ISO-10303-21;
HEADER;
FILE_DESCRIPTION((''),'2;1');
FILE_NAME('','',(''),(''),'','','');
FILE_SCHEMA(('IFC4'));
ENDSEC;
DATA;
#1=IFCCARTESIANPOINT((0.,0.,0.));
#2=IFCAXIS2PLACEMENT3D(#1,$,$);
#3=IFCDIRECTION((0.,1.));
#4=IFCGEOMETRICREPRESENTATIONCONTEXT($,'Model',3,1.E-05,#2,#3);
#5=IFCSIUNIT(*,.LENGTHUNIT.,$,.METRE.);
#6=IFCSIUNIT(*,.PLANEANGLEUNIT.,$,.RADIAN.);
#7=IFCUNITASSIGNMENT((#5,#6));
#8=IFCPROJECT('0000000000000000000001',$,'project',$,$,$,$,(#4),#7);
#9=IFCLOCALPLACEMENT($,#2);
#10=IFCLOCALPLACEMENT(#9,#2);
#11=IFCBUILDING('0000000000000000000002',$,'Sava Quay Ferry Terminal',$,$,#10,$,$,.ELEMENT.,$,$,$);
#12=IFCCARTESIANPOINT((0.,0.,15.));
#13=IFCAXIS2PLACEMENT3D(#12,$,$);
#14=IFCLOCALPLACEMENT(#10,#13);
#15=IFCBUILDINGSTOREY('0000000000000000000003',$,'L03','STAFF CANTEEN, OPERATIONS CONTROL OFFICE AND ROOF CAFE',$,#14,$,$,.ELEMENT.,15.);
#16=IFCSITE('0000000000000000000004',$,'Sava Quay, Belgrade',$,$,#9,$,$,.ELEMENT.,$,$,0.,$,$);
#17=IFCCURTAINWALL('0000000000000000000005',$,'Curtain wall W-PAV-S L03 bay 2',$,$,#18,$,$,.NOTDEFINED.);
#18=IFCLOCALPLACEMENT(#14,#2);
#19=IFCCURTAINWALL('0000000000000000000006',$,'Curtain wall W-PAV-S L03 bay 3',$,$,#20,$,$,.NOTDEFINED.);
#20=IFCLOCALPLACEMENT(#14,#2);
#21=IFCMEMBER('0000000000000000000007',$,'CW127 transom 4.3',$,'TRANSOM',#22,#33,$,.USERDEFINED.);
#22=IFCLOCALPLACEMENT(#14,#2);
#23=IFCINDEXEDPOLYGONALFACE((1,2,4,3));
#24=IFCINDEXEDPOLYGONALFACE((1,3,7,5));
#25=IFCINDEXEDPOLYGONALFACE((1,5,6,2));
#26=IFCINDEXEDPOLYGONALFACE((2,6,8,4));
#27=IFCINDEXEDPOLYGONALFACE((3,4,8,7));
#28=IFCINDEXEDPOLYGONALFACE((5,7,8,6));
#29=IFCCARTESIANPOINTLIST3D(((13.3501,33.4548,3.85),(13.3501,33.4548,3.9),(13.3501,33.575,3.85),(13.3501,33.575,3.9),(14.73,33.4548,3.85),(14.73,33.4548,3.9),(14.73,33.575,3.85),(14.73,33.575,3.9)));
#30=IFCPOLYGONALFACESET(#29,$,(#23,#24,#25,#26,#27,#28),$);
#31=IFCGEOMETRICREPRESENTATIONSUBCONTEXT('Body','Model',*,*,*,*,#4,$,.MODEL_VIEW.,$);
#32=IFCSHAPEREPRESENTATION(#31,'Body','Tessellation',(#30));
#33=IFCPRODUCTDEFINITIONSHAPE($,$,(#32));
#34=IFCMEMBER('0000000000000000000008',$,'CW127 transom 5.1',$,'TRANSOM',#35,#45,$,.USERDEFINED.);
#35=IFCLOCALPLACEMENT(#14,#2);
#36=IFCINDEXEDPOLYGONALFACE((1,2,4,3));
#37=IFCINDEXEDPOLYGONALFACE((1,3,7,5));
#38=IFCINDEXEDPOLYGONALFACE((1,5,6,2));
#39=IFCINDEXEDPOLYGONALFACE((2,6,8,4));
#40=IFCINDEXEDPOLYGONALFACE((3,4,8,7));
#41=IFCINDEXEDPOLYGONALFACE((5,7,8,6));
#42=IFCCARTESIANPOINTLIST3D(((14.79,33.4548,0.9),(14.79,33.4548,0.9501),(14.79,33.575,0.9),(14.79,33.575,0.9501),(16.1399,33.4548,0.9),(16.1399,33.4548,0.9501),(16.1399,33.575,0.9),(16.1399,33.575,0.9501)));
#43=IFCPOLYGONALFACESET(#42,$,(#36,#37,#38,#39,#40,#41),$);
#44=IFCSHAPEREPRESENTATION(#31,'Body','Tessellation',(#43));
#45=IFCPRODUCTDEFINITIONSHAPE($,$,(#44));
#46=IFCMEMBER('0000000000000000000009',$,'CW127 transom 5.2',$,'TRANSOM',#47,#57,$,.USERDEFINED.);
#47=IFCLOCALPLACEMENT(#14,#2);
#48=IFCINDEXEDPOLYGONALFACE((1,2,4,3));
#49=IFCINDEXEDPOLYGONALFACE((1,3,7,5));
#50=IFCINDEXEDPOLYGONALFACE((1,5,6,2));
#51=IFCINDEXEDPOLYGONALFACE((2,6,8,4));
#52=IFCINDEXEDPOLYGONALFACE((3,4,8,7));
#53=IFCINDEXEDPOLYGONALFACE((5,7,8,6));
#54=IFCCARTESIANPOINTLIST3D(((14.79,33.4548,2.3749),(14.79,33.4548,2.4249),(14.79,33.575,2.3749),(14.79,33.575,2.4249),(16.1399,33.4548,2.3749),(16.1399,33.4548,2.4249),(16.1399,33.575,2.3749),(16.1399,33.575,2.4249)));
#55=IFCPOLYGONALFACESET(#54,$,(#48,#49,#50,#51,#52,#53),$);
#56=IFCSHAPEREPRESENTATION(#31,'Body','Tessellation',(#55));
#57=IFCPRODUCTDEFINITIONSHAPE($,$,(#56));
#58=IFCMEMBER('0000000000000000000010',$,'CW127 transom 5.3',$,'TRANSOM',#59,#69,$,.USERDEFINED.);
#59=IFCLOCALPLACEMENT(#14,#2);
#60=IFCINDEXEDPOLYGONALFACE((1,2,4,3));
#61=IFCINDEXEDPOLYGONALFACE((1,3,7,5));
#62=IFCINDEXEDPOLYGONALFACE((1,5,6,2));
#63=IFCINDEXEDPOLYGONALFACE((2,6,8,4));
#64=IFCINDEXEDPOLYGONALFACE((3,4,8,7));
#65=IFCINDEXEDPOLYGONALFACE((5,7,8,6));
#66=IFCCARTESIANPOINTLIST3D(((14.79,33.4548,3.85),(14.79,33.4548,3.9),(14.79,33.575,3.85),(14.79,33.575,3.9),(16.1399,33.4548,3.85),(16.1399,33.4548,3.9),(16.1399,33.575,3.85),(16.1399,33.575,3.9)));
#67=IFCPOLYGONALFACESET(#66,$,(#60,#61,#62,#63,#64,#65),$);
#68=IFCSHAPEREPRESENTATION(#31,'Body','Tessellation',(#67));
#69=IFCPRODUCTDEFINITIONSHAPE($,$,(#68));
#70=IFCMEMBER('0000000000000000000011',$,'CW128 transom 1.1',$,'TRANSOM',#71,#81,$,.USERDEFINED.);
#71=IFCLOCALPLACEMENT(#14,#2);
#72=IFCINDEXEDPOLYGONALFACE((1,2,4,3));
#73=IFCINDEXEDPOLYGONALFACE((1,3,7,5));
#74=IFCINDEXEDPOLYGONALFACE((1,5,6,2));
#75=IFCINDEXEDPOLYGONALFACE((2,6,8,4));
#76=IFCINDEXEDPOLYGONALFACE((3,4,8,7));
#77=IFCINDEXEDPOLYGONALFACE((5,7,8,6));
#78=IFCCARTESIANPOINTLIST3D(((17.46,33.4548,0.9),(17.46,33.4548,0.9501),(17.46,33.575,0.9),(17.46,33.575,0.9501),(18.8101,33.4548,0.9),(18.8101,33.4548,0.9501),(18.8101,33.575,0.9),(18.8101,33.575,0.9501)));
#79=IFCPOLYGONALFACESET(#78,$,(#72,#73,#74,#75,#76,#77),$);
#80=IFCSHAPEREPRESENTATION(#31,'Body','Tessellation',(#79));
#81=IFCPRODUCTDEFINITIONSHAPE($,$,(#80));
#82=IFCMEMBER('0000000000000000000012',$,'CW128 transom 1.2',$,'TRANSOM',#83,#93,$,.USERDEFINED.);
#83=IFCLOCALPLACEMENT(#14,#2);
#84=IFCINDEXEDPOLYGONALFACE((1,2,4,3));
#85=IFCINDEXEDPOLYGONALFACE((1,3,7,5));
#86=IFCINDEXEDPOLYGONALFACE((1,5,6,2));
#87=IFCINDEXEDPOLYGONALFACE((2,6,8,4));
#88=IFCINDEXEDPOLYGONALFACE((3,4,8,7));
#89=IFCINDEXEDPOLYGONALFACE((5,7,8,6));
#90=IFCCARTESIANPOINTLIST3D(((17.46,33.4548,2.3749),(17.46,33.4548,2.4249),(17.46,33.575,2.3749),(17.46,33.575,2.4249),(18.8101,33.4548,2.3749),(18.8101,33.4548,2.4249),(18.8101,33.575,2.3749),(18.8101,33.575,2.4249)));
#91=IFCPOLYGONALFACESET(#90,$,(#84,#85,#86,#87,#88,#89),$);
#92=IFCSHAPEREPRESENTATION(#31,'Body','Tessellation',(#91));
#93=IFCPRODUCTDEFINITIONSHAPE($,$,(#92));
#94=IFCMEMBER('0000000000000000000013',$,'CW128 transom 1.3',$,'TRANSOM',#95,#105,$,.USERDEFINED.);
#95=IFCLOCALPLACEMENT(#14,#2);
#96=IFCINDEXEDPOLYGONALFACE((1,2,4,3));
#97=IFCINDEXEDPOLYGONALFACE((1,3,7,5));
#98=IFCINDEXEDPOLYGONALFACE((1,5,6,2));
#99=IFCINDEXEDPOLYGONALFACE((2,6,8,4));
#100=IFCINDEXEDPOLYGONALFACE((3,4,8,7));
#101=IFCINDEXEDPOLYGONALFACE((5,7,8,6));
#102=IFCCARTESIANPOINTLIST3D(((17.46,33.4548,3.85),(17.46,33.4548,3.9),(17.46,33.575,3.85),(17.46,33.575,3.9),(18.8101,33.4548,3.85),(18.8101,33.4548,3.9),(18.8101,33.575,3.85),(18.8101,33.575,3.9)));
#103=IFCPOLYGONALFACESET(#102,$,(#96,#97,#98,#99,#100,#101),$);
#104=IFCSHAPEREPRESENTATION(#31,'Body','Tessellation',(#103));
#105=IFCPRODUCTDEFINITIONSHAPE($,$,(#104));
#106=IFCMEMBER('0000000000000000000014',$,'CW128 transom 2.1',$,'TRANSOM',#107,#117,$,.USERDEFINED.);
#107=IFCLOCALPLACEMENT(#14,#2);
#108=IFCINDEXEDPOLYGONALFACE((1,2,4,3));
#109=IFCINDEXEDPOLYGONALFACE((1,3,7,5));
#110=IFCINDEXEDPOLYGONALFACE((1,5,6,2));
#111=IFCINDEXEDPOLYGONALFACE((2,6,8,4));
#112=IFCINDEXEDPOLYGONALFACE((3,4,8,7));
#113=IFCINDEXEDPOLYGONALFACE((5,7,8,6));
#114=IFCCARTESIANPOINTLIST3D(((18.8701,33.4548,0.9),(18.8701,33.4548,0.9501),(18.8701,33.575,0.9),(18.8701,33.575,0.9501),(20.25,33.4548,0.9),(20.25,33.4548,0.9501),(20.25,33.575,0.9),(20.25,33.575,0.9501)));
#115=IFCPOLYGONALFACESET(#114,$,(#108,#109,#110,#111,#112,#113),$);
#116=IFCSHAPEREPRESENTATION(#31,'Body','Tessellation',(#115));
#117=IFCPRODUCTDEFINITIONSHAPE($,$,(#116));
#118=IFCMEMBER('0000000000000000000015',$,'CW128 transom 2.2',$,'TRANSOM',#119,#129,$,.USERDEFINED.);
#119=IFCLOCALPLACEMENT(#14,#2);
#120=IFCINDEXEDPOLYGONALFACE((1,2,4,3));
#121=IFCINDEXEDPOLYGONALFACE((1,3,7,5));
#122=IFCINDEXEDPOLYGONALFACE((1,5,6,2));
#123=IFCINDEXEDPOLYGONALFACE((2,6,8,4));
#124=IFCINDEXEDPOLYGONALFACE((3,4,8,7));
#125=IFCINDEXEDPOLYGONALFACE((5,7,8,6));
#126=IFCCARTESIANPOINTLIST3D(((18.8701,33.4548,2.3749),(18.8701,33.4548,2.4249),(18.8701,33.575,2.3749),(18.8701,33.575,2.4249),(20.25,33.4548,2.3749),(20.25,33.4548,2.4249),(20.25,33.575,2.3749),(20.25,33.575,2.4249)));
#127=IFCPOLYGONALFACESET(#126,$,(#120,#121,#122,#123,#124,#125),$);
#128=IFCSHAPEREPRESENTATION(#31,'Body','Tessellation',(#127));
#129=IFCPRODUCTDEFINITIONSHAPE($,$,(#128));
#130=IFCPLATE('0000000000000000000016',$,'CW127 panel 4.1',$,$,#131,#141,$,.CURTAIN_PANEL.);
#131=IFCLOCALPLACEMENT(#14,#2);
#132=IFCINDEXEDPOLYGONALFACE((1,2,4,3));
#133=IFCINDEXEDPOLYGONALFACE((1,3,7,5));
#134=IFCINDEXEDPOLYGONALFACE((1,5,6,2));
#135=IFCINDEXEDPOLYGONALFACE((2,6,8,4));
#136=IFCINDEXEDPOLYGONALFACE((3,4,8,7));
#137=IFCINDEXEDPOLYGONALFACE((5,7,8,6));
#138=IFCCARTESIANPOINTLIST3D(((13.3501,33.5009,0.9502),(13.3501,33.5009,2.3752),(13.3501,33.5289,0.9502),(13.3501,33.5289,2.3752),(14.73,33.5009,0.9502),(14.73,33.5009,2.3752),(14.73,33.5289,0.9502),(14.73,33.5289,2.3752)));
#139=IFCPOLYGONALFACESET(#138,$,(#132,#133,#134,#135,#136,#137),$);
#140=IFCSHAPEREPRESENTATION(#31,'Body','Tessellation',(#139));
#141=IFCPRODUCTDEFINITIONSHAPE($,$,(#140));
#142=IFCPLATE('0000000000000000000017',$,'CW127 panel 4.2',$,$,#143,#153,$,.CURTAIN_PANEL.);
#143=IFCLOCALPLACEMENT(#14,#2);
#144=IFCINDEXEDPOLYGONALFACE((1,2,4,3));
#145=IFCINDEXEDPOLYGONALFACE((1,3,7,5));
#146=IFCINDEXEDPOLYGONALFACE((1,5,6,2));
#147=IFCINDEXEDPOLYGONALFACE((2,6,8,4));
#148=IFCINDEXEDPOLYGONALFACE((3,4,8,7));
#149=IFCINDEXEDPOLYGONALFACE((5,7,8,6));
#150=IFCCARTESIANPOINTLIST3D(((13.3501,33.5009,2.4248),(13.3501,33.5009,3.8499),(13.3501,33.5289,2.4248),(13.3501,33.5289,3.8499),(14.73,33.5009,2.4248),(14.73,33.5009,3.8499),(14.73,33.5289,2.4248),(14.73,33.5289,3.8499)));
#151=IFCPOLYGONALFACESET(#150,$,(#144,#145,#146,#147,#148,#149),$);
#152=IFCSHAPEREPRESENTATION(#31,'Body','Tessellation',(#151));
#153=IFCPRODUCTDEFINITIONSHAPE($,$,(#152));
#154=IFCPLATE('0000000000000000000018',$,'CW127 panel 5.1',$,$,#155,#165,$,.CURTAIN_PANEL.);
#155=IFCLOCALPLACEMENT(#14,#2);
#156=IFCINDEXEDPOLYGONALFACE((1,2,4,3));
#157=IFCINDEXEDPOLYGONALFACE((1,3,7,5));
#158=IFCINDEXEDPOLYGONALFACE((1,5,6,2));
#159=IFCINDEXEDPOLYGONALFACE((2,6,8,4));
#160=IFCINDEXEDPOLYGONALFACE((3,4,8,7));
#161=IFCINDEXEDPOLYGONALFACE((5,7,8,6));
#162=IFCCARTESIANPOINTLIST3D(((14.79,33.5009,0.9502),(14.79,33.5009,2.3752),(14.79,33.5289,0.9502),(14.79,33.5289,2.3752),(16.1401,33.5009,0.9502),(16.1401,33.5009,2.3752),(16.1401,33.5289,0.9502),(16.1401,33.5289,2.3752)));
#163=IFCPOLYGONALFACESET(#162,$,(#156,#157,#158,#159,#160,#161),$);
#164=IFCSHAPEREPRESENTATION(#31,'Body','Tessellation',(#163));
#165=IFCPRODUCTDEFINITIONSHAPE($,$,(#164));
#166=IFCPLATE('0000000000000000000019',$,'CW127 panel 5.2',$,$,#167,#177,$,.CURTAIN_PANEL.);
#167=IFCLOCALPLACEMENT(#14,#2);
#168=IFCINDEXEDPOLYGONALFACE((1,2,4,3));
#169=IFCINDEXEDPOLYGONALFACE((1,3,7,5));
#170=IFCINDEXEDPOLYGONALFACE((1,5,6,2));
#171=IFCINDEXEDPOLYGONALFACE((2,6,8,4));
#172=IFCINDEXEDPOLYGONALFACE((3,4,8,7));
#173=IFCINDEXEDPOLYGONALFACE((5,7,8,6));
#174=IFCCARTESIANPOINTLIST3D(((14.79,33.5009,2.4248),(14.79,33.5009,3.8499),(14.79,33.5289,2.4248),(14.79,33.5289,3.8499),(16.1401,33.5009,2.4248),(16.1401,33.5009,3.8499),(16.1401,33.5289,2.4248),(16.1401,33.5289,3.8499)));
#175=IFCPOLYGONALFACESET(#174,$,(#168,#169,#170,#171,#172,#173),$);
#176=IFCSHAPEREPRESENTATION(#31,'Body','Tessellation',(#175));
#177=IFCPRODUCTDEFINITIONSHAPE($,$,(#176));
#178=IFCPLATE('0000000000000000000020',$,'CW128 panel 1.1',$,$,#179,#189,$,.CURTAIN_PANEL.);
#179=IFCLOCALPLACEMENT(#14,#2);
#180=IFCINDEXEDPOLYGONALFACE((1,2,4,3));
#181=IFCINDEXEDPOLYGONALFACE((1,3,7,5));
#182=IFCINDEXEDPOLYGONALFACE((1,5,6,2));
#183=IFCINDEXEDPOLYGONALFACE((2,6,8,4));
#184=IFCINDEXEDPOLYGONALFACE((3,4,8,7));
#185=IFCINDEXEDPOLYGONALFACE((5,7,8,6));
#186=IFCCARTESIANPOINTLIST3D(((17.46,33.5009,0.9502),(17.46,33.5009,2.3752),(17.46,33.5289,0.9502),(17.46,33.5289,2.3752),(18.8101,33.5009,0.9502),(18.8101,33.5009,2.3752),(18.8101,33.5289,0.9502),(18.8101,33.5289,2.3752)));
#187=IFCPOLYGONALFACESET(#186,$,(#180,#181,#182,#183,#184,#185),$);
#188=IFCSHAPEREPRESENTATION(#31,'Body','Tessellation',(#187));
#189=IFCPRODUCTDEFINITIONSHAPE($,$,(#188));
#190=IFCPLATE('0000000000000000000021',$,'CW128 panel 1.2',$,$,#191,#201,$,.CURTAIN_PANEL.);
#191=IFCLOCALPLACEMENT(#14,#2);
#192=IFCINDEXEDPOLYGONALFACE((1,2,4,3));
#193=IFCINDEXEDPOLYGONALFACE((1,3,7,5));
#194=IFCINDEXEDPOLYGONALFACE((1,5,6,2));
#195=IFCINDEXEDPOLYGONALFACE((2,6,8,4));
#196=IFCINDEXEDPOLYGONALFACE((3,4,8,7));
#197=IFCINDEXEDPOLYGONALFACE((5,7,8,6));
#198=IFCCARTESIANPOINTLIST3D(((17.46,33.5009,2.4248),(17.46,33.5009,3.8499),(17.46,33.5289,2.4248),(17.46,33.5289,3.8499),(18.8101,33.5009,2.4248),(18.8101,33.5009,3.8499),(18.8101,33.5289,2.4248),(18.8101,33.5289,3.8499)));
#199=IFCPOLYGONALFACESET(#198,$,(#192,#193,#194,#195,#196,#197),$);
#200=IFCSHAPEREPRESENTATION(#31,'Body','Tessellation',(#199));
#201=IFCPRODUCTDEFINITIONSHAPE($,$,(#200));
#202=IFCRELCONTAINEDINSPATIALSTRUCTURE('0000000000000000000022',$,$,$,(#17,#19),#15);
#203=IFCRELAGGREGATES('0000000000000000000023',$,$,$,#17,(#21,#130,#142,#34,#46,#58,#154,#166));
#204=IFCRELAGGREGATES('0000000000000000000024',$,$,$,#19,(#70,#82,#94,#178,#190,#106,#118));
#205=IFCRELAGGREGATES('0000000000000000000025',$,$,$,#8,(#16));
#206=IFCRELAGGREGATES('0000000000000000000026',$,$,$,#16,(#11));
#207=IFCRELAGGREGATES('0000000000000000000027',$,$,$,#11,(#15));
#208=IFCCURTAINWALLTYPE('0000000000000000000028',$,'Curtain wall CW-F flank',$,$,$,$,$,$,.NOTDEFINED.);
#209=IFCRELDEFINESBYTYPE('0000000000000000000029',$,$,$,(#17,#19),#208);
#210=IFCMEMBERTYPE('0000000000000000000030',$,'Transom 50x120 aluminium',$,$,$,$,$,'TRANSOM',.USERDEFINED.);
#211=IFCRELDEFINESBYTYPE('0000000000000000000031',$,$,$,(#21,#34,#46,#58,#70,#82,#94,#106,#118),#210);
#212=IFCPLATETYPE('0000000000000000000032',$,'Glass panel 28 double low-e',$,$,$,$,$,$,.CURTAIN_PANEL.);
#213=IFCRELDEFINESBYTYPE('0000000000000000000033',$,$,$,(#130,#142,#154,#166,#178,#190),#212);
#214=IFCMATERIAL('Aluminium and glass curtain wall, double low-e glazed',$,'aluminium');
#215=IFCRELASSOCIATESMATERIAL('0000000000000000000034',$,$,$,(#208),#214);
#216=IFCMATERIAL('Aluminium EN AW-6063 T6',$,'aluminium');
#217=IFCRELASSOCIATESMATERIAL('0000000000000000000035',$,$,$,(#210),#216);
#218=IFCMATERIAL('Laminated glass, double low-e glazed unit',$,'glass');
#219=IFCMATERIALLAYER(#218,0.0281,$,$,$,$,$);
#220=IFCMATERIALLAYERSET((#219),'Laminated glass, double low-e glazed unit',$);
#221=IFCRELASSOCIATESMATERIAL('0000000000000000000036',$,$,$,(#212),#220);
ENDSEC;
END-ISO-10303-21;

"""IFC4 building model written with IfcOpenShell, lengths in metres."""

from ifc_helpers import new_model, si_unit, direction, frame, origin, origin_2d, place, context, subcontext, project, spatial, rectangle, extrude, material, layer, layer_set, material_profile, profile_set, type_object, element, aggregate, save


model = new_model("IFC4")

# Units and contexts
model_context = context("Model", 3, precision=1e-05, world=origin(), true_north=direction((0.0, 1.0)))
body_context = subcontext(model_context, "Body", "Model", "MODEL_VIEW")
ifc_project = project(units=[si_unit("LENGTHUNIT", "METRE"), si_unit("PLANEANGLEUNIT", "RADIAN")], contexts=[model_context])

# Site, building, storey
site_placement = place(None, origin())
site = spatial("IfcSite", under=ifc_project, at=site_placement, Name="Sava Quay, Belgrade", CompositionType="ELEMENT", RefElevation=0.0)
building_placement = place(site_placement, origin())
building = spatial("IfcBuilding", under=site, at=building_placement, Name="Sava Quay Ferry Terminal", CompositionType="ELEMENT")
storey_placement = place(building_placement, frame((0.0, 0.0, 15.0)))
storey = spatial("IfcBuildingStorey", under=building, at=storey_placement, Name="L03", Description="STAFF CANTEEN, OPERATIONS CONTROL OFFICE AND ROOF CAFE", CompositionType="ELEMENT", Elevation=15.0)

# Curtain walls
ifc_material_1 = material(Name="Aluminium and glass curtain wall, double low-e glazed", Category="aluminium")
curtain_wall_type = type_object("IfcCurtainWallType", Name="Curtain wall CW-F flank", PredefinedType="NOTDEFINED", material=ifc_material_1)
curtain_wall_1_placement = place(storey_placement, origin())
curtain_wall_1 = element("IfcCurtainWall", 1, at=curtain_wall_1_placement, inside=storey, type_object=curtain_wall_type, Name="Curtain wall W-PAV-S L03 bay 2", PredefinedType="NOTDEFINED")
curtain_wall_2_placement = place(storey_placement, origin())
curtain_wall_2 = element("IfcCurtainWall", 2, at=curtain_wall_2_placement, inside=storey, type_object=curtain_wall_type, Name="Curtain wall W-PAV-S L03 bay 3", PredefinedType="NOTDEFINED")

# Members
ifc_material_2 = material(Name="Aluminium EN AW-6063 T6", Category="aluminium")
ifc_material_profile_1 = material_profile(ifc_material_2, rectangle(XDim=0.1201, YDim=0.05, at=origin_2d()), Name="Transom 50x120 aluminium")
ifc_profile_set_1 = profile_set([ifc_material_profile_1], Name="Aluminium EN AW-6063 T6")
member_type_1 = type_object("IfcMemberType", Name="Transom 50x120 aluminium", ElementType="TRANSOM", PredefinedType="USERDEFINED", material=ifc_profile_set_1)
member_1_placement = place(storey_placement, frame((13.3501, 33.5149, 3.875), z_axis=(1.0, 0.0, 0.0), x_axis=(0.0, 1.0, 0.0)))
member_1 = element("IfcMember", 3, at=member_1_placement, type_object=member_type_1, Name="CW127 transom 4.3", ObjectType="TRANSOM", PredefinedType="USERDEFINED", context=body_context, shape_type="SweptSolid", body=[
    extrude(rectangle(XDim=0.1201, YDim=0.05, at=origin_2d()), origin(), (0.0, 0.0, 1.0), 1.3799),
])
member_2_placement = place(storey_placement, frame((14.79, 33.5149, 0.925), z_axis=(1.0, 0.0, 0.0), x_axis=(0.0, 1.0, 0.0)))
member_2 = element("IfcMember", 4, at=member_2_placement, type_object=member_type_1, Name="CW127 transom 5.1", ObjectType="TRANSOM", PredefinedType="USERDEFINED", context=body_context, shape_type="SweptSolid", body=[
    extrude(rectangle(XDim=0.1201, YDim=0.05, at=origin_2d()), origin(), (0.0, 0.0, 1.0), 1.3499),
])
member_3_placement = place(storey_placement, frame((14.79, 33.5149, 2.3999), z_axis=(1.0, 0.0, 0.0), x_axis=(0.0, 1.0, 0.0)))
member_3 = element("IfcMember", 5, at=member_3_placement, type_object=member_type_1, Name="CW127 transom 5.2", ObjectType="TRANSOM", PredefinedType="USERDEFINED", context=body_context, shape_type="SweptSolid", body=[
    extrude(rectangle(XDim=0.1201, YDim=0.05, at=origin_2d()), origin(), (0.0, 0.0, 1.0), 1.3499),
])
member_4_placement = place(storey_placement, frame((14.79, 33.5149, 3.875), z_axis=(1.0, 0.0, 0.0), x_axis=(0.0, 1.0, 0.0)))
member_4 = element("IfcMember", 6, at=member_4_placement, type_object=member_type_1, Name="CW127 transom 5.3", ObjectType="TRANSOM", PredefinedType="USERDEFINED", context=body_context, shape_type="SweptSolid", body=[
    extrude(rectangle(XDim=0.1201, YDim=0.05, at=origin_2d()), origin(), (0.0, 0.0, 1.0), 1.3499),
])
member_5_placement = place(storey_placement, frame((17.46, 33.5149, 0.925), z_axis=(1.0, 0.0, 0.0), x_axis=(0.0, 1.0, 0.0)))
member_5 = element("IfcMember", 7, at=member_5_placement, type_object=member_type_1, Name="CW128 transom 1.1", ObjectType="TRANSOM", PredefinedType="USERDEFINED", context=body_context, shape_type="SweptSolid", body=[
    extrude(rectangle(XDim=0.1201, YDim=0.05, at=origin_2d()), origin(), (0.0, 0.0, 1.0), 1.3501),
])
member_6_placement = place(storey_placement, frame((17.46, 33.5149, 2.3999), z_axis=(1.0, 0.0, 0.0), x_axis=(0.0, 1.0, 0.0)))
member_6 = element("IfcMember", 8, at=member_6_placement, type_object=member_type_1, Name="CW128 transom 1.2", ObjectType="TRANSOM", PredefinedType="USERDEFINED", context=body_context, shape_type="SweptSolid", body=[
    extrude(rectangle(XDim=0.1201, YDim=0.05, at=origin_2d()), origin(), (0.0, 0.0, 1.0), 1.3501),
])
member_7_placement = place(storey_placement, frame((17.46, 33.5149, 3.875), z_axis=(1.0, 0.0, 0.0), x_axis=(0.0, 1.0, 0.0)))
member_7 = element("IfcMember", 9, at=member_7_placement, type_object=member_type_1, Name="CW128 transom 1.3", ObjectType="TRANSOM", PredefinedType="USERDEFINED", context=body_context, shape_type="SweptSolid", body=[
    extrude(rectangle(XDim=0.1201, YDim=0.05, at=origin_2d()), origin(), (0.0, 0.0, 1.0), 1.3501),
])
member_8_placement = place(storey_placement, frame((18.8701, 33.5149, 0.925), z_axis=(1.0, 0.0, 0.0), x_axis=(0.0, 1.0, 0.0)))
member_8 = element("IfcMember", 10, at=member_8_placement, type_object=member_type_1, Name="CW128 transom 2.1", ObjectType="TRANSOM", PredefinedType="USERDEFINED", context=body_context, shape_type="SweptSolid", body=[
    extrude(rectangle(XDim=0.1201, YDim=0.05, at=origin_2d()), origin(), (0.0, 0.0, 1.0), 1.3799),
])
member_9_placement = place(storey_placement, frame((18.8701, 33.5149, 2.3999), z_axis=(1.0, 0.0, 0.0), x_axis=(0.0, 1.0, 0.0)))
member_9 = element("IfcMember", 11, at=member_9_placement, type_object=member_type_1, Name="CW128 transom 2.2", ObjectType="TRANSOM", PredefinedType="USERDEFINED", context=body_context, shape_type="SweptSolid", body=[
    extrude(rectangle(XDim=0.1201, YDim=0.05, at=origin_2d()), origin(), (0.0, 0.0, 1.0), 1.3799),
])

# Plates
ifc_material_3 = material(Name="Laminated glass, double low-e glazed unit", Category="glass")
ifc_layer = layer(ifc_material_3, 0.0281)
ifc_layer_set = layer_set([ifc_layer], Name="Laminated glass, double low-e glazed unit")
plate_type = type_object("IfcPlateType", Name="Glass panel 28 double low-e", PredefinedType="CURTAIN_PANEL", material=ifc_layer_set)
plate_1_placement = place(storey_placement, frame((14.04, 33.5149, 0.9502), z_axis=(0.0, 0.0, 1.0), x_axis=(1.0, 0.0, 0.0)))
plate_1 = element("IfcPlate", 12, at=plate_1_placement, type_object=plate_type, Name="CW127 panel 4.1", PredefinedType="CURTAIN_PANEL", context=body_context, shape_type="SweptSolid", body=[
    extrude(rectangle(XDim=1.3799, YDim=0.0281, at=origin_2d()), origin(), (0.0, 0.0, 1.0), 1.425),
])
plate_2_placement = place(storey_placement, frame((14.04, 33.5149, 2.4248), z_axis=(0.0, 0.0, 1.0), x_axis=(1.0, 0.0, 0.0)))
plate_2 = element("IfcPlate", 13, at=plate_2_placement, type_object=plate_type, Name="CW127 panel 4.2", PredefinedType="CURTAIN_PANEL", context=body_context, shape_type="SweptSolid", body=[
    extrude(rectangle(XDim=1.3799, YDim=0.0281, at=origin_2d()), origin(), (0.0, 0.0, 1.0), 1.425),
])
plate_3_placement = place(storey_placement, frame((15.4651, 33.5149, 0.9502), z_axis=(0.0, 0.0, 1.0), x_axis=(1.0, 0.0, 0.0)))
plate_3 = element("IfcPlate", 14, at=plate_3_placement, type_object=plate_type, Name="CW127 panel 5.1", PredefinedType="CURTAIN_PANEL", context=body_context, shape_type="SweptSolid", body=[
    extrude(rectangle(XDim=1.3501, YDim=0.0281, at=origin_2d()), origin(), (0.0, 0.0, 1.0), 1.425),
])
plate_4_placement = place(storey_placement, frame((15.4651, 33.5149, 2.4248), z_axis=(0.0, 0.0, 1.0), x_axis=(1.0, 0.0, 0.0)))
plate_4 = element("IfcPlate", 15, at=plate_4_placement, type_object=plate_type, Name="CW127 panel 5.2", PredefinedType="CURTAIN_PANEL", context=body_context, shape_type="SweptSolid", body=[
    extrude(rectangle(XDim=1.3501, YDim=0.0281, at=origin_2d()), origin(), (0.0, 0.0, 1.0), 1.425),
])
aggregate(curtain_wall_1, [member_1, plate_1, plate_2, member_2, member_3, member_4, plate_3, plate_4])
plate_5_placement = place(storey_placement, frame((18.135, 33.5149, 0.9502), z_axis=(0.0, 0.0, 1.0), x_axis=(1.0, 0.0, 0.0)))
plate_5 = element("IfcPlate", 16, at=plate_5_placement, type_object=plate_type, Name="CW128 panel 1.1", PredefinedType="CURTAIN_PANEL", context=body_context, shape_type="SweptSolid", body=[
    extrude(rectangle(XDim=1.3501, YDim=0.0281, at=origin_2d()), origin(), (0.0, 0.0, 1.0), 1.425),
])
plate_6_placement = place(storey_placement, frame((18.135, 33.5149, 2.4248), z_axis=(0.0, 0.0, 1.0), x_axis=(1.0, 0.0, 0.0)))
plate_6 = element("IfcPlate", 17, at=plate_6_placement, type_object=plate_type, Name="CW128 panel 1.2", PredefinedType="CURTAIN_PANEL", context=body_context, shape_type="SweptSolid", body=[
    extrude(rectangle(XDim=1.3501, YDim=0.0281, at=origin_2d()), origin(), (0.0, 0.0, 1.0), 1.425),
])
aggregate(curtain_wall_2, [member_5, member_6, member_7, plate_5, plate_6, member_8, member_9])

save(model, "model.ifc")
